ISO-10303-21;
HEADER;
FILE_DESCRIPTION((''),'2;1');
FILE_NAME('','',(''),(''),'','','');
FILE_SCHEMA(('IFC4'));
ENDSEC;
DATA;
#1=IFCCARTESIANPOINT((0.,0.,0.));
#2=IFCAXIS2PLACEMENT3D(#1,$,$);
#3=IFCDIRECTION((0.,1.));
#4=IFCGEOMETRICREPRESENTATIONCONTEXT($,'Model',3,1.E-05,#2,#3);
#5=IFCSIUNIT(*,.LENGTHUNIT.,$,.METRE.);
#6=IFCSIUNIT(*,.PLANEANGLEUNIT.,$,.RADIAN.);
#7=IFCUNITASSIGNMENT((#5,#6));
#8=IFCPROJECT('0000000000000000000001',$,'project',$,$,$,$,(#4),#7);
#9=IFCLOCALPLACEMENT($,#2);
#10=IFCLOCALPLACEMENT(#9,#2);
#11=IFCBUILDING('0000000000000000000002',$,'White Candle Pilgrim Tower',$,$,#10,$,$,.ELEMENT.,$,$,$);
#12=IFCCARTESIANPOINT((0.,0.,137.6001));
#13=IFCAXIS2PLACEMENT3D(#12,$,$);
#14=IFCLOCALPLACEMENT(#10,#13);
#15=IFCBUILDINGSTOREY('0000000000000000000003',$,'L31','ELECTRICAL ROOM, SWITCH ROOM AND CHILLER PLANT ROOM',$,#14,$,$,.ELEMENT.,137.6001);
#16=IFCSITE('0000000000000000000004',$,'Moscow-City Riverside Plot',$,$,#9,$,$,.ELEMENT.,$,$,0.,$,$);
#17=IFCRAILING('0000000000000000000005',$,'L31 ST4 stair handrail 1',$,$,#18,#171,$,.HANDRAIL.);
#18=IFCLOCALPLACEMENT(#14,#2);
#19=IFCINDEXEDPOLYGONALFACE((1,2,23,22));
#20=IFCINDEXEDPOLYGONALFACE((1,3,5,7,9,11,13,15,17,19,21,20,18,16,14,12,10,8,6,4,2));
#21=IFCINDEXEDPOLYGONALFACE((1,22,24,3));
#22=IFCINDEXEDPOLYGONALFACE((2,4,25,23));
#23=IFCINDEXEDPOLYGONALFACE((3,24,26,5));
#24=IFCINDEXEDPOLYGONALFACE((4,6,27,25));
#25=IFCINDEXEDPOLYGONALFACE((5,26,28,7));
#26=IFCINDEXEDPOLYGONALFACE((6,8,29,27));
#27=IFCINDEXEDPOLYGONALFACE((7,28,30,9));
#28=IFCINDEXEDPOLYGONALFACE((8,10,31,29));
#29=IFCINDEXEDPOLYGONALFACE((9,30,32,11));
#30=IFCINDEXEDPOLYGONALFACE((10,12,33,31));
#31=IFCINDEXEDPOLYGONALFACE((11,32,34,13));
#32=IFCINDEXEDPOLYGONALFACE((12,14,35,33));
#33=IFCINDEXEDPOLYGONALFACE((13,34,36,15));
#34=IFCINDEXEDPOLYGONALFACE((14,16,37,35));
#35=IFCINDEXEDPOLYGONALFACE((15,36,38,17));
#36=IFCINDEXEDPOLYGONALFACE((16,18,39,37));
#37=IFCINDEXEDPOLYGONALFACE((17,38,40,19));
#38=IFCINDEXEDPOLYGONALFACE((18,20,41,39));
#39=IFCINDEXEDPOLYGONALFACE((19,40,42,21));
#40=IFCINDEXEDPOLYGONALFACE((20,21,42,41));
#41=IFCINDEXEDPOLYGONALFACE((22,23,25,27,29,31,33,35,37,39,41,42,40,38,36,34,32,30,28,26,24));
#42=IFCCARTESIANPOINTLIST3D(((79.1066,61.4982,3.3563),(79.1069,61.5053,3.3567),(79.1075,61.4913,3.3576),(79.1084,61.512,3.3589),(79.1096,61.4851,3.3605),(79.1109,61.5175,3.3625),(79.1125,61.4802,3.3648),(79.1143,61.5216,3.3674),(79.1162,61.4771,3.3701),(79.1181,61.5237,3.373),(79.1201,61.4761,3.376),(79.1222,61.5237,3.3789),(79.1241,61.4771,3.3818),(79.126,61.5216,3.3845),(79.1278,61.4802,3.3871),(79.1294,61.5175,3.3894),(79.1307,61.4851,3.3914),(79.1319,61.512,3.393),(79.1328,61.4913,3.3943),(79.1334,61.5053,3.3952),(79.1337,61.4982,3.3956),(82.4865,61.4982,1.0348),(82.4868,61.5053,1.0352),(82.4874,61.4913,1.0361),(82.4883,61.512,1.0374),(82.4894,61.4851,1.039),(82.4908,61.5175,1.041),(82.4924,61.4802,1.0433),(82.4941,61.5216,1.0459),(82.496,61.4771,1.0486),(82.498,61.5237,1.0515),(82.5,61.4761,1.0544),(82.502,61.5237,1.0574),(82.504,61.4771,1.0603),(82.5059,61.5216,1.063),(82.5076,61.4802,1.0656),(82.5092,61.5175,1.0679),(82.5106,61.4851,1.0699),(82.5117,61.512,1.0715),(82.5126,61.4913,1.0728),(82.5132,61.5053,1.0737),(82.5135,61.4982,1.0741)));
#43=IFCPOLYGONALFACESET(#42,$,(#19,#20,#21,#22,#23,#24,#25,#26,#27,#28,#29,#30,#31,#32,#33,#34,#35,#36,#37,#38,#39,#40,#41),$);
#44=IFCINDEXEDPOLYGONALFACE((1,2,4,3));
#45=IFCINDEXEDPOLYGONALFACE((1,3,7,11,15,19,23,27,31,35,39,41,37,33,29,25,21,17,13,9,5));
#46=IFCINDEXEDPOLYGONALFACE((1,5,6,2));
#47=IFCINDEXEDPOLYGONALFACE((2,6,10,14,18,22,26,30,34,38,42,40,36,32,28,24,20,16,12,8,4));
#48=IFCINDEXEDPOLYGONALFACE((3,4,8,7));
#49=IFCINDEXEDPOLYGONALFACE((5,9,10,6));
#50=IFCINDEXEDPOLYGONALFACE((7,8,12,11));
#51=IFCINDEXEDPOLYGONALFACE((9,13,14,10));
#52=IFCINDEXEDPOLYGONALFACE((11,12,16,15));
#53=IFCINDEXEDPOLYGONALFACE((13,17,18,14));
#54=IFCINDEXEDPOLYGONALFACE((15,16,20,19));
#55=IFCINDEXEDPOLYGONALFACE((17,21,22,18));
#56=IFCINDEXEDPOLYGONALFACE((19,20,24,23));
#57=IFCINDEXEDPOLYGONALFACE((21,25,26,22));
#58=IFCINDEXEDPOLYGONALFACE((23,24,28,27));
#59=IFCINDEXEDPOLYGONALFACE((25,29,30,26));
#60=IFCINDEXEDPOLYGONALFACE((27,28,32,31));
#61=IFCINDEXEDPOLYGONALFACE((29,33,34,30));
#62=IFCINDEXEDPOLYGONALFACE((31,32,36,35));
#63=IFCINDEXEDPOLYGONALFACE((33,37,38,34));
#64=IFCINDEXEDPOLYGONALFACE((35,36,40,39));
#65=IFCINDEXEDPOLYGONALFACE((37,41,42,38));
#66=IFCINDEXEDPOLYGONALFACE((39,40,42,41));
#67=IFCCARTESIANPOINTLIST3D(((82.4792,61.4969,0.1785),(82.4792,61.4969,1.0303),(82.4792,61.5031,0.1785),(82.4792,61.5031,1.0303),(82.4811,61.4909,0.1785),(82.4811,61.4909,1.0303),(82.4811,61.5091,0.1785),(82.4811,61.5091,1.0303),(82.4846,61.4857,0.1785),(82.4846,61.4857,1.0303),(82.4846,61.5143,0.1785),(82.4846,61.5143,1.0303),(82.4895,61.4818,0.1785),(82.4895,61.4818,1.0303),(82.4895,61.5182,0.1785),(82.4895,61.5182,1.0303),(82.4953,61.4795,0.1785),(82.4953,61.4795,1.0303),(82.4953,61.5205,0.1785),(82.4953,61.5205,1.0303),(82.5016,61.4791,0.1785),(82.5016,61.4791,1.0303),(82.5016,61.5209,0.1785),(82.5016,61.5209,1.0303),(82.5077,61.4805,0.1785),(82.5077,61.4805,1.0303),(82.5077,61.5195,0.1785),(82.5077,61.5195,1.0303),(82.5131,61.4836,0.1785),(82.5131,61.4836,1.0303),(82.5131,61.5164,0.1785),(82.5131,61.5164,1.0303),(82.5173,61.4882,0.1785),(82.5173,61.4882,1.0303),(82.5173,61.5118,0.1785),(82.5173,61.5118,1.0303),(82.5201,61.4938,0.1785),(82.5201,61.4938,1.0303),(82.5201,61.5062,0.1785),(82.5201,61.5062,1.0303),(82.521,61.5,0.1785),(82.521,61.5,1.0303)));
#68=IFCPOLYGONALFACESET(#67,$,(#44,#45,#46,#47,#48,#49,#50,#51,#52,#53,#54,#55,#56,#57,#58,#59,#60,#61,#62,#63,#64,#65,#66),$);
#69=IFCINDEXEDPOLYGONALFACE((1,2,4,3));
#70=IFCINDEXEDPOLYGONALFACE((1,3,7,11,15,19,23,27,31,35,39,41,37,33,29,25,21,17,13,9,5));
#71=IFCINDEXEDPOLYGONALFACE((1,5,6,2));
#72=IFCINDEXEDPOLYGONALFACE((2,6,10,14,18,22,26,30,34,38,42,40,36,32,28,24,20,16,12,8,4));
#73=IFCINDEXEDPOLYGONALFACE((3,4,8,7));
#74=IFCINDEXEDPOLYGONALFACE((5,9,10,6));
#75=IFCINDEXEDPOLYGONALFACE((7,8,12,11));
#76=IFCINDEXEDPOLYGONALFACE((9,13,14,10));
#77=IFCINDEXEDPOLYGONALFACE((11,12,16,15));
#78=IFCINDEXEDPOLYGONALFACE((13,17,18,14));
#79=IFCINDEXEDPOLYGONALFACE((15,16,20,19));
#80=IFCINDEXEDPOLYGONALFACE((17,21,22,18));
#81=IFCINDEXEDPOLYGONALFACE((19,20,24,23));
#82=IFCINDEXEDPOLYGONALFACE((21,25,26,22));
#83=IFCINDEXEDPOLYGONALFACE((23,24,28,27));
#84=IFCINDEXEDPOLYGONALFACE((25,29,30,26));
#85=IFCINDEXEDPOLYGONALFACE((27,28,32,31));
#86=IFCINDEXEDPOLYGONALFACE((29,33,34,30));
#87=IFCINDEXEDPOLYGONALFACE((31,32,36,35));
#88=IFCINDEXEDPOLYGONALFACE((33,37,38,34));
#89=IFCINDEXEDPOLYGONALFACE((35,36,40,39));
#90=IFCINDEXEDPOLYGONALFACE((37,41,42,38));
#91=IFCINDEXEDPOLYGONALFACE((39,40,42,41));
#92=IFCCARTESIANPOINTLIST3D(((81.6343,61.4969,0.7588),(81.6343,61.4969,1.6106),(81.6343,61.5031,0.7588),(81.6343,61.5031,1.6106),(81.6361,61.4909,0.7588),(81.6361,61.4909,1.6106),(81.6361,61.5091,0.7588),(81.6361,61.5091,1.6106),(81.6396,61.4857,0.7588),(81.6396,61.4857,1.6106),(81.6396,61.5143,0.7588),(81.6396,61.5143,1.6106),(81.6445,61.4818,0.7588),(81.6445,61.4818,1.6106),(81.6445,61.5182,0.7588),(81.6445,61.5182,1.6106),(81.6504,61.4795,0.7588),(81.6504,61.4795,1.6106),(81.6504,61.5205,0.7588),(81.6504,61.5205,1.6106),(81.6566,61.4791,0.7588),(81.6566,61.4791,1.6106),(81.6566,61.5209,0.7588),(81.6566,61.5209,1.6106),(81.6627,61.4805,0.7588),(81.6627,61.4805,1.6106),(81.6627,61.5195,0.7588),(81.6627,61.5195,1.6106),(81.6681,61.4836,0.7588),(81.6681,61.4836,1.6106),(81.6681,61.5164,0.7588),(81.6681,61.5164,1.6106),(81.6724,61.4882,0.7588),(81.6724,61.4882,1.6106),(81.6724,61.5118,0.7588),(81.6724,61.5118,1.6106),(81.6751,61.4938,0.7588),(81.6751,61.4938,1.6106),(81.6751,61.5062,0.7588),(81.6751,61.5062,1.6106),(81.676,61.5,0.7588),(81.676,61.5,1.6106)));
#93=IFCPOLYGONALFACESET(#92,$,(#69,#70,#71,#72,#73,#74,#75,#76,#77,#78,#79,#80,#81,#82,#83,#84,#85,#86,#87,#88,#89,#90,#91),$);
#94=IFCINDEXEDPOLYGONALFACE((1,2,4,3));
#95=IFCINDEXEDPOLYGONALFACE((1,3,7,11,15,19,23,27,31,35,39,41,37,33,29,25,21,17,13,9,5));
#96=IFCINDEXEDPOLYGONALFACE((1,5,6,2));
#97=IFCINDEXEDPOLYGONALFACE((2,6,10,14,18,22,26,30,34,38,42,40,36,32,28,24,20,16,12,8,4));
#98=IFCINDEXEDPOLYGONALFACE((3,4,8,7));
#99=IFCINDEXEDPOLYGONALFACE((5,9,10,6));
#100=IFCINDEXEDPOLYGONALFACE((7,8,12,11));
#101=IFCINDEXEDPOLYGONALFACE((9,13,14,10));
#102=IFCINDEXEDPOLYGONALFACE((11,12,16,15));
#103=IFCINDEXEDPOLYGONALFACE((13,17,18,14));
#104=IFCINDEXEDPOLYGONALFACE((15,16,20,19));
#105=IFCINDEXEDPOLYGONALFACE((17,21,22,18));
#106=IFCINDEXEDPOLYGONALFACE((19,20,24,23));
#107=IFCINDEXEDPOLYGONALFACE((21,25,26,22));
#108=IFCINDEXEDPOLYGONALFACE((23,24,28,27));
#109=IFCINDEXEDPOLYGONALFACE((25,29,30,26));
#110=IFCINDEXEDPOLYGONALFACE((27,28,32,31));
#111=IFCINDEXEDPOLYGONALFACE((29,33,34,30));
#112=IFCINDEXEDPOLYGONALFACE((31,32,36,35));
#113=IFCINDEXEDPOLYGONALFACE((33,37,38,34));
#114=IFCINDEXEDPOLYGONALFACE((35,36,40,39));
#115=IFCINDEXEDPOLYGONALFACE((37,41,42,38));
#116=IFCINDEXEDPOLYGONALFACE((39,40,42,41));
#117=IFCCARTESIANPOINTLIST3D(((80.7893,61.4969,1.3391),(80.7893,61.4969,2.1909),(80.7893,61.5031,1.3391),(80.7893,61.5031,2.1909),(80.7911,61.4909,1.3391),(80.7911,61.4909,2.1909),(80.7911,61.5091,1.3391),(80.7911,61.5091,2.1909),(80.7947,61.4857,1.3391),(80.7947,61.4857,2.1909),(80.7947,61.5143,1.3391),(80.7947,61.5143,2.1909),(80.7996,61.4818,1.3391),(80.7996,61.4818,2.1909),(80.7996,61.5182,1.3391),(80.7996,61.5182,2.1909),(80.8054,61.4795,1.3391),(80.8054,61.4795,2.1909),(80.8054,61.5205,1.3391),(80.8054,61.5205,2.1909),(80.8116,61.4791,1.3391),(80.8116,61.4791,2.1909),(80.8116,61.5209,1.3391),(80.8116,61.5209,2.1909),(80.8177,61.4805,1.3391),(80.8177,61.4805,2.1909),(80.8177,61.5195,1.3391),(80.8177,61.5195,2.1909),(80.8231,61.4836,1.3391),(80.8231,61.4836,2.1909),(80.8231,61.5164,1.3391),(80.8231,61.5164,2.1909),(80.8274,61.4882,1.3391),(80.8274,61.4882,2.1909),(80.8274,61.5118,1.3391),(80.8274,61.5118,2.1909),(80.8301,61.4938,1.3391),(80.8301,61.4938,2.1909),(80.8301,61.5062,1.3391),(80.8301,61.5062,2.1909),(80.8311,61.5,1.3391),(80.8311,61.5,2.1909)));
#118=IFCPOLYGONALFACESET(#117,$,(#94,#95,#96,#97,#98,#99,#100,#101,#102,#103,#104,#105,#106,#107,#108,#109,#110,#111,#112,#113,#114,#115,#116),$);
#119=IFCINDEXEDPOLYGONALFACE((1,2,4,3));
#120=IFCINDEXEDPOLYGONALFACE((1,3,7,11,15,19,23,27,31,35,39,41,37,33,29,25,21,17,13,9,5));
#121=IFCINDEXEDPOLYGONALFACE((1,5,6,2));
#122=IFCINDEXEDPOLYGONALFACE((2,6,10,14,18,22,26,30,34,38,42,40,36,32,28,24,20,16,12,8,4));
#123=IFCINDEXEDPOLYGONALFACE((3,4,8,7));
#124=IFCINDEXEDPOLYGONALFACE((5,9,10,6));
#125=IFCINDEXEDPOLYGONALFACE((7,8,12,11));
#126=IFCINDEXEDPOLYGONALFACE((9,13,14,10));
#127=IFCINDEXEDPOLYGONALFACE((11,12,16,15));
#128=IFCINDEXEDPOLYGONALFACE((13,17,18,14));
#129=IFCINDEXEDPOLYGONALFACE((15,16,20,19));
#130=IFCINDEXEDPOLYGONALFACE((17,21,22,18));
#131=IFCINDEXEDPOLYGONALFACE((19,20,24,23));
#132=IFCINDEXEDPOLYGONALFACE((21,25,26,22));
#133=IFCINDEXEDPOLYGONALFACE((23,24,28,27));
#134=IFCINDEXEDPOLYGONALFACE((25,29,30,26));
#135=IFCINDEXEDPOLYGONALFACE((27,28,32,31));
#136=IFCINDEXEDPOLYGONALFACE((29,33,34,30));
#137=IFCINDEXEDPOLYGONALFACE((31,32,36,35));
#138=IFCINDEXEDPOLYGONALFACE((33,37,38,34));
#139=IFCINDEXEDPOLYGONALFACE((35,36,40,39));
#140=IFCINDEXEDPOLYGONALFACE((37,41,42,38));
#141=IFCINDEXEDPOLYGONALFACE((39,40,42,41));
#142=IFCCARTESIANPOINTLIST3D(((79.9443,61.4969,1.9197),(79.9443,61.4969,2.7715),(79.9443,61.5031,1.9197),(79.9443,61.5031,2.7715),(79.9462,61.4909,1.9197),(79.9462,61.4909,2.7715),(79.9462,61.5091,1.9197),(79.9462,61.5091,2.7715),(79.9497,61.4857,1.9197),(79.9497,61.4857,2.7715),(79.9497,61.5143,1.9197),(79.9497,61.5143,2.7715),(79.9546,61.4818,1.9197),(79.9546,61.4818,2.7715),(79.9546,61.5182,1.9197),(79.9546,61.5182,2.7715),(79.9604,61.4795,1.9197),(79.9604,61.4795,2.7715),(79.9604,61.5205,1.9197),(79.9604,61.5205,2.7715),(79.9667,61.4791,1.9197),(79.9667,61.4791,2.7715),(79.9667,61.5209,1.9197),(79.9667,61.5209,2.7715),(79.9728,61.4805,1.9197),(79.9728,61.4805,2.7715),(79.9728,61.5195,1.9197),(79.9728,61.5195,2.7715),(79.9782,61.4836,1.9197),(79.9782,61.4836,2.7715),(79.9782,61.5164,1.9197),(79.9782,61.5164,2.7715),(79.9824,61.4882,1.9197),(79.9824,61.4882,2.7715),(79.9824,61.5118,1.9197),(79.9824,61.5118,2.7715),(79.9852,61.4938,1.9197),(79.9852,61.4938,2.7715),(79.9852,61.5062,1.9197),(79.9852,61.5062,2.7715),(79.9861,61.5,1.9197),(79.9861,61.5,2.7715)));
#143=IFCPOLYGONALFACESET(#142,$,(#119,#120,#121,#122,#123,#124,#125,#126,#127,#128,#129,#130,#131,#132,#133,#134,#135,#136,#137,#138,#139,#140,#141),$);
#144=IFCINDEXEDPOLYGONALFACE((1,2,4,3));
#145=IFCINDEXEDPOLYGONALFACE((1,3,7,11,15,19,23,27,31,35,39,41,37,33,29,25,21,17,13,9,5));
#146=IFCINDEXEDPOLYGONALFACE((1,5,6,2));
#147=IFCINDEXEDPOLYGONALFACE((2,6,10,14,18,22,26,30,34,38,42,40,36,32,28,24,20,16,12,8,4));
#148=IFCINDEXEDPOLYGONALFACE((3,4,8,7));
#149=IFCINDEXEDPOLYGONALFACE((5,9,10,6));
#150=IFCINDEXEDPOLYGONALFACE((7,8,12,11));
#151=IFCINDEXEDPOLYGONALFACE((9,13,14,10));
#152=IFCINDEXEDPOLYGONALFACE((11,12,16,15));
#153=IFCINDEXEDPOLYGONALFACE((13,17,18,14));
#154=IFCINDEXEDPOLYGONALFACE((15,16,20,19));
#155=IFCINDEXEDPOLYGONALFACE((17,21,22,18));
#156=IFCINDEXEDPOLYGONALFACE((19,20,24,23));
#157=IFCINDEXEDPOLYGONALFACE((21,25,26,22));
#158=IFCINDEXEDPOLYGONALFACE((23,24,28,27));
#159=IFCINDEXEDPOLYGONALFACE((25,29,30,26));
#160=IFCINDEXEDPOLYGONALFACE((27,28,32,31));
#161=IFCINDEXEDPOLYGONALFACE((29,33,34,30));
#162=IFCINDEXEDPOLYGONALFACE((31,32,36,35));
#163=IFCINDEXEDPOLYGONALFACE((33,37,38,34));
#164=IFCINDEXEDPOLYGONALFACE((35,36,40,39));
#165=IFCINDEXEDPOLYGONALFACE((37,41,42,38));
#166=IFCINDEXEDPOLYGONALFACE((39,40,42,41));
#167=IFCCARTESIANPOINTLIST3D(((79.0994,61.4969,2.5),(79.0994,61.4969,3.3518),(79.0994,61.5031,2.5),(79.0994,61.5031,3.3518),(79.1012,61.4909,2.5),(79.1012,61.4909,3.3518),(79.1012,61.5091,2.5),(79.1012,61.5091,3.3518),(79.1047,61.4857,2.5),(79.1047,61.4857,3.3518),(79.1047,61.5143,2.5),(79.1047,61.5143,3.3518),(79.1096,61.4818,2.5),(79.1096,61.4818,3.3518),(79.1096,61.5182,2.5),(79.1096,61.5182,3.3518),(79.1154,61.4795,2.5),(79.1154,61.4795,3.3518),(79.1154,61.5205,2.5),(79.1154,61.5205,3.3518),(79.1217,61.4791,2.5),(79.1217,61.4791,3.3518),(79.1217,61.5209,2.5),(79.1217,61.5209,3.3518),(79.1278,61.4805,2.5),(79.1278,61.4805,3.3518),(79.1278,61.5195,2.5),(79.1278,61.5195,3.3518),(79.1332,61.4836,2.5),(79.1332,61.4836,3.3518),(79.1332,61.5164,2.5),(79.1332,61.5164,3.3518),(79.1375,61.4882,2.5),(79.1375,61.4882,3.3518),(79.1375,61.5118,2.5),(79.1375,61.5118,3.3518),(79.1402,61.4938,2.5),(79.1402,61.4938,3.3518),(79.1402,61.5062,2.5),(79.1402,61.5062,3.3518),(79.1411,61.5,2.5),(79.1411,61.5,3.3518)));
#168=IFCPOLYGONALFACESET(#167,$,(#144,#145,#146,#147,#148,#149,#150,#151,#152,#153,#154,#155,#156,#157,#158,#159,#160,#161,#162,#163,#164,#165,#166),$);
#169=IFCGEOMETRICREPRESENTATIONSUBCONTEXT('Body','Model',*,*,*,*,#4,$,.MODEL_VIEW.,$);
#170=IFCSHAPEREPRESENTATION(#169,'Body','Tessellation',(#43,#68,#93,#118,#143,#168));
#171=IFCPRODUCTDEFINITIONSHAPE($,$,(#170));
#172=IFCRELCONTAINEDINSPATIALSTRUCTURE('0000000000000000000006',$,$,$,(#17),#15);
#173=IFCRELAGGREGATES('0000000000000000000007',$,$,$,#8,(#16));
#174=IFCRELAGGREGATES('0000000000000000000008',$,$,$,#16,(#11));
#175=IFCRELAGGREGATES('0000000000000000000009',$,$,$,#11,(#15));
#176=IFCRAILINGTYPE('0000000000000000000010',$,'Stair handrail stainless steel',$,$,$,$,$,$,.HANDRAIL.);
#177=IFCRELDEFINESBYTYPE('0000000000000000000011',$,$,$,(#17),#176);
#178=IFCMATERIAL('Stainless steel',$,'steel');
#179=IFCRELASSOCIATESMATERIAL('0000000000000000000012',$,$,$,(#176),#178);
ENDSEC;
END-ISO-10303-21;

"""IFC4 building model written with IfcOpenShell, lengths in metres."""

from ifc_helpers import new_model, si_unit, direction, frame, origin, origin_2d, place, context, subcontext, project, spatial, circle, extrude, material, type_object, element, save


model = new_model("IFC4")

# Units and contexts
model_context = context("Model", 3, precision=1e-05, world=origin(), true_north=direction((0.0, 1.0)))
body_context = subcontext(model_context, "Body", "Model", "MODEL_VIEW")
ifc_project = project(units=[si_unit("LENGTHUNIT", "METRE"), si_unit("PLANEANGLEUNIT", "RADIAN")], contexts=[model_context])

# Site, building, storey
site_placement = place(None, origin())
site = spatial("IfcSite", under=ifc_project, at=site_placement, Name="Moscow-City Riverside Plot", CompositionType="ELEMENT", RefElevation=0.0)
building_placement = place(site_placement, origin())
building = spatial("IfcBuilding", under=site, at=building_placement, Name="White Candle Pilgrim Tower", CompositionType="ELEMENT")
storey_placement = place(building_placement, frame((0.0, 0.0, 137.6001)))
storey = spatial("IfcBuildingStorey", under=building, at=storey_placement, Name="L31", Description="ELECTRICAL ROOM, SWITCH ROOM AND CHILLER PLANT ROOM", CompositionType="ELEMENT", Elevation=137.6001)

# Railing
ifc_material_1 = material(Name="Stainless steel", Category="steel")
railing_type_1 = type_object("IfcRailingType", Name="Stair handrail stainless steel", PredefinedType="HANDRAIL", material=ifc_material_1)
railing_1_placement = place(storey_placement, frame((82.5, 61.5, 0.1785)))
element("IfcRailing", 1, at=railing_1_placement, inside=storey, type_object=railing_type_1, Name="L31 ST4 stair handrail 1", PredefinedType="HANDRAIL", context=body_context, shape_type="SweptSolid", body=[
    extrude(circle(Radius=0.0239, at=origin_2d()), frame((0.0, 0.0, 0.876), z_axis=(-0.824285, 0.0, 0.566175), x_axis=(0.0, -1.0, 0.0)), (0.0, 0.0, 1.0), 4.1003),
    extrude(circle(Radius=0.021, at=origin_2d()), origin(), (0.0, 0.0, 1.0), 0.8518),
    extrude(circle(Radius=0.021, at=origin_2d()), frame((-0.845, 0.0, 0.5803)), (0.0, 0.0, 1.0), 0.8518),
    extrude(circle(Radius=0.021, at=origin_2d()), frame((-1.6899, 0.0, 1.1606)), (0.0, 0.0, 1.0), 0.8518),
    extrude(circle(Radius=0.021, at=origin_2d()), frame((-2.5349, 0.0, 1.7412)), (0.0, 0.0, 1.0), 0.8518),
    extrude(circle(Radius=0.021, at=origin_2d()), frame((-3.3799, 0.0, 2.3215)), (0.0, 0.0, 1.0), 0.8518),
])

save(model, "model.ifc")
